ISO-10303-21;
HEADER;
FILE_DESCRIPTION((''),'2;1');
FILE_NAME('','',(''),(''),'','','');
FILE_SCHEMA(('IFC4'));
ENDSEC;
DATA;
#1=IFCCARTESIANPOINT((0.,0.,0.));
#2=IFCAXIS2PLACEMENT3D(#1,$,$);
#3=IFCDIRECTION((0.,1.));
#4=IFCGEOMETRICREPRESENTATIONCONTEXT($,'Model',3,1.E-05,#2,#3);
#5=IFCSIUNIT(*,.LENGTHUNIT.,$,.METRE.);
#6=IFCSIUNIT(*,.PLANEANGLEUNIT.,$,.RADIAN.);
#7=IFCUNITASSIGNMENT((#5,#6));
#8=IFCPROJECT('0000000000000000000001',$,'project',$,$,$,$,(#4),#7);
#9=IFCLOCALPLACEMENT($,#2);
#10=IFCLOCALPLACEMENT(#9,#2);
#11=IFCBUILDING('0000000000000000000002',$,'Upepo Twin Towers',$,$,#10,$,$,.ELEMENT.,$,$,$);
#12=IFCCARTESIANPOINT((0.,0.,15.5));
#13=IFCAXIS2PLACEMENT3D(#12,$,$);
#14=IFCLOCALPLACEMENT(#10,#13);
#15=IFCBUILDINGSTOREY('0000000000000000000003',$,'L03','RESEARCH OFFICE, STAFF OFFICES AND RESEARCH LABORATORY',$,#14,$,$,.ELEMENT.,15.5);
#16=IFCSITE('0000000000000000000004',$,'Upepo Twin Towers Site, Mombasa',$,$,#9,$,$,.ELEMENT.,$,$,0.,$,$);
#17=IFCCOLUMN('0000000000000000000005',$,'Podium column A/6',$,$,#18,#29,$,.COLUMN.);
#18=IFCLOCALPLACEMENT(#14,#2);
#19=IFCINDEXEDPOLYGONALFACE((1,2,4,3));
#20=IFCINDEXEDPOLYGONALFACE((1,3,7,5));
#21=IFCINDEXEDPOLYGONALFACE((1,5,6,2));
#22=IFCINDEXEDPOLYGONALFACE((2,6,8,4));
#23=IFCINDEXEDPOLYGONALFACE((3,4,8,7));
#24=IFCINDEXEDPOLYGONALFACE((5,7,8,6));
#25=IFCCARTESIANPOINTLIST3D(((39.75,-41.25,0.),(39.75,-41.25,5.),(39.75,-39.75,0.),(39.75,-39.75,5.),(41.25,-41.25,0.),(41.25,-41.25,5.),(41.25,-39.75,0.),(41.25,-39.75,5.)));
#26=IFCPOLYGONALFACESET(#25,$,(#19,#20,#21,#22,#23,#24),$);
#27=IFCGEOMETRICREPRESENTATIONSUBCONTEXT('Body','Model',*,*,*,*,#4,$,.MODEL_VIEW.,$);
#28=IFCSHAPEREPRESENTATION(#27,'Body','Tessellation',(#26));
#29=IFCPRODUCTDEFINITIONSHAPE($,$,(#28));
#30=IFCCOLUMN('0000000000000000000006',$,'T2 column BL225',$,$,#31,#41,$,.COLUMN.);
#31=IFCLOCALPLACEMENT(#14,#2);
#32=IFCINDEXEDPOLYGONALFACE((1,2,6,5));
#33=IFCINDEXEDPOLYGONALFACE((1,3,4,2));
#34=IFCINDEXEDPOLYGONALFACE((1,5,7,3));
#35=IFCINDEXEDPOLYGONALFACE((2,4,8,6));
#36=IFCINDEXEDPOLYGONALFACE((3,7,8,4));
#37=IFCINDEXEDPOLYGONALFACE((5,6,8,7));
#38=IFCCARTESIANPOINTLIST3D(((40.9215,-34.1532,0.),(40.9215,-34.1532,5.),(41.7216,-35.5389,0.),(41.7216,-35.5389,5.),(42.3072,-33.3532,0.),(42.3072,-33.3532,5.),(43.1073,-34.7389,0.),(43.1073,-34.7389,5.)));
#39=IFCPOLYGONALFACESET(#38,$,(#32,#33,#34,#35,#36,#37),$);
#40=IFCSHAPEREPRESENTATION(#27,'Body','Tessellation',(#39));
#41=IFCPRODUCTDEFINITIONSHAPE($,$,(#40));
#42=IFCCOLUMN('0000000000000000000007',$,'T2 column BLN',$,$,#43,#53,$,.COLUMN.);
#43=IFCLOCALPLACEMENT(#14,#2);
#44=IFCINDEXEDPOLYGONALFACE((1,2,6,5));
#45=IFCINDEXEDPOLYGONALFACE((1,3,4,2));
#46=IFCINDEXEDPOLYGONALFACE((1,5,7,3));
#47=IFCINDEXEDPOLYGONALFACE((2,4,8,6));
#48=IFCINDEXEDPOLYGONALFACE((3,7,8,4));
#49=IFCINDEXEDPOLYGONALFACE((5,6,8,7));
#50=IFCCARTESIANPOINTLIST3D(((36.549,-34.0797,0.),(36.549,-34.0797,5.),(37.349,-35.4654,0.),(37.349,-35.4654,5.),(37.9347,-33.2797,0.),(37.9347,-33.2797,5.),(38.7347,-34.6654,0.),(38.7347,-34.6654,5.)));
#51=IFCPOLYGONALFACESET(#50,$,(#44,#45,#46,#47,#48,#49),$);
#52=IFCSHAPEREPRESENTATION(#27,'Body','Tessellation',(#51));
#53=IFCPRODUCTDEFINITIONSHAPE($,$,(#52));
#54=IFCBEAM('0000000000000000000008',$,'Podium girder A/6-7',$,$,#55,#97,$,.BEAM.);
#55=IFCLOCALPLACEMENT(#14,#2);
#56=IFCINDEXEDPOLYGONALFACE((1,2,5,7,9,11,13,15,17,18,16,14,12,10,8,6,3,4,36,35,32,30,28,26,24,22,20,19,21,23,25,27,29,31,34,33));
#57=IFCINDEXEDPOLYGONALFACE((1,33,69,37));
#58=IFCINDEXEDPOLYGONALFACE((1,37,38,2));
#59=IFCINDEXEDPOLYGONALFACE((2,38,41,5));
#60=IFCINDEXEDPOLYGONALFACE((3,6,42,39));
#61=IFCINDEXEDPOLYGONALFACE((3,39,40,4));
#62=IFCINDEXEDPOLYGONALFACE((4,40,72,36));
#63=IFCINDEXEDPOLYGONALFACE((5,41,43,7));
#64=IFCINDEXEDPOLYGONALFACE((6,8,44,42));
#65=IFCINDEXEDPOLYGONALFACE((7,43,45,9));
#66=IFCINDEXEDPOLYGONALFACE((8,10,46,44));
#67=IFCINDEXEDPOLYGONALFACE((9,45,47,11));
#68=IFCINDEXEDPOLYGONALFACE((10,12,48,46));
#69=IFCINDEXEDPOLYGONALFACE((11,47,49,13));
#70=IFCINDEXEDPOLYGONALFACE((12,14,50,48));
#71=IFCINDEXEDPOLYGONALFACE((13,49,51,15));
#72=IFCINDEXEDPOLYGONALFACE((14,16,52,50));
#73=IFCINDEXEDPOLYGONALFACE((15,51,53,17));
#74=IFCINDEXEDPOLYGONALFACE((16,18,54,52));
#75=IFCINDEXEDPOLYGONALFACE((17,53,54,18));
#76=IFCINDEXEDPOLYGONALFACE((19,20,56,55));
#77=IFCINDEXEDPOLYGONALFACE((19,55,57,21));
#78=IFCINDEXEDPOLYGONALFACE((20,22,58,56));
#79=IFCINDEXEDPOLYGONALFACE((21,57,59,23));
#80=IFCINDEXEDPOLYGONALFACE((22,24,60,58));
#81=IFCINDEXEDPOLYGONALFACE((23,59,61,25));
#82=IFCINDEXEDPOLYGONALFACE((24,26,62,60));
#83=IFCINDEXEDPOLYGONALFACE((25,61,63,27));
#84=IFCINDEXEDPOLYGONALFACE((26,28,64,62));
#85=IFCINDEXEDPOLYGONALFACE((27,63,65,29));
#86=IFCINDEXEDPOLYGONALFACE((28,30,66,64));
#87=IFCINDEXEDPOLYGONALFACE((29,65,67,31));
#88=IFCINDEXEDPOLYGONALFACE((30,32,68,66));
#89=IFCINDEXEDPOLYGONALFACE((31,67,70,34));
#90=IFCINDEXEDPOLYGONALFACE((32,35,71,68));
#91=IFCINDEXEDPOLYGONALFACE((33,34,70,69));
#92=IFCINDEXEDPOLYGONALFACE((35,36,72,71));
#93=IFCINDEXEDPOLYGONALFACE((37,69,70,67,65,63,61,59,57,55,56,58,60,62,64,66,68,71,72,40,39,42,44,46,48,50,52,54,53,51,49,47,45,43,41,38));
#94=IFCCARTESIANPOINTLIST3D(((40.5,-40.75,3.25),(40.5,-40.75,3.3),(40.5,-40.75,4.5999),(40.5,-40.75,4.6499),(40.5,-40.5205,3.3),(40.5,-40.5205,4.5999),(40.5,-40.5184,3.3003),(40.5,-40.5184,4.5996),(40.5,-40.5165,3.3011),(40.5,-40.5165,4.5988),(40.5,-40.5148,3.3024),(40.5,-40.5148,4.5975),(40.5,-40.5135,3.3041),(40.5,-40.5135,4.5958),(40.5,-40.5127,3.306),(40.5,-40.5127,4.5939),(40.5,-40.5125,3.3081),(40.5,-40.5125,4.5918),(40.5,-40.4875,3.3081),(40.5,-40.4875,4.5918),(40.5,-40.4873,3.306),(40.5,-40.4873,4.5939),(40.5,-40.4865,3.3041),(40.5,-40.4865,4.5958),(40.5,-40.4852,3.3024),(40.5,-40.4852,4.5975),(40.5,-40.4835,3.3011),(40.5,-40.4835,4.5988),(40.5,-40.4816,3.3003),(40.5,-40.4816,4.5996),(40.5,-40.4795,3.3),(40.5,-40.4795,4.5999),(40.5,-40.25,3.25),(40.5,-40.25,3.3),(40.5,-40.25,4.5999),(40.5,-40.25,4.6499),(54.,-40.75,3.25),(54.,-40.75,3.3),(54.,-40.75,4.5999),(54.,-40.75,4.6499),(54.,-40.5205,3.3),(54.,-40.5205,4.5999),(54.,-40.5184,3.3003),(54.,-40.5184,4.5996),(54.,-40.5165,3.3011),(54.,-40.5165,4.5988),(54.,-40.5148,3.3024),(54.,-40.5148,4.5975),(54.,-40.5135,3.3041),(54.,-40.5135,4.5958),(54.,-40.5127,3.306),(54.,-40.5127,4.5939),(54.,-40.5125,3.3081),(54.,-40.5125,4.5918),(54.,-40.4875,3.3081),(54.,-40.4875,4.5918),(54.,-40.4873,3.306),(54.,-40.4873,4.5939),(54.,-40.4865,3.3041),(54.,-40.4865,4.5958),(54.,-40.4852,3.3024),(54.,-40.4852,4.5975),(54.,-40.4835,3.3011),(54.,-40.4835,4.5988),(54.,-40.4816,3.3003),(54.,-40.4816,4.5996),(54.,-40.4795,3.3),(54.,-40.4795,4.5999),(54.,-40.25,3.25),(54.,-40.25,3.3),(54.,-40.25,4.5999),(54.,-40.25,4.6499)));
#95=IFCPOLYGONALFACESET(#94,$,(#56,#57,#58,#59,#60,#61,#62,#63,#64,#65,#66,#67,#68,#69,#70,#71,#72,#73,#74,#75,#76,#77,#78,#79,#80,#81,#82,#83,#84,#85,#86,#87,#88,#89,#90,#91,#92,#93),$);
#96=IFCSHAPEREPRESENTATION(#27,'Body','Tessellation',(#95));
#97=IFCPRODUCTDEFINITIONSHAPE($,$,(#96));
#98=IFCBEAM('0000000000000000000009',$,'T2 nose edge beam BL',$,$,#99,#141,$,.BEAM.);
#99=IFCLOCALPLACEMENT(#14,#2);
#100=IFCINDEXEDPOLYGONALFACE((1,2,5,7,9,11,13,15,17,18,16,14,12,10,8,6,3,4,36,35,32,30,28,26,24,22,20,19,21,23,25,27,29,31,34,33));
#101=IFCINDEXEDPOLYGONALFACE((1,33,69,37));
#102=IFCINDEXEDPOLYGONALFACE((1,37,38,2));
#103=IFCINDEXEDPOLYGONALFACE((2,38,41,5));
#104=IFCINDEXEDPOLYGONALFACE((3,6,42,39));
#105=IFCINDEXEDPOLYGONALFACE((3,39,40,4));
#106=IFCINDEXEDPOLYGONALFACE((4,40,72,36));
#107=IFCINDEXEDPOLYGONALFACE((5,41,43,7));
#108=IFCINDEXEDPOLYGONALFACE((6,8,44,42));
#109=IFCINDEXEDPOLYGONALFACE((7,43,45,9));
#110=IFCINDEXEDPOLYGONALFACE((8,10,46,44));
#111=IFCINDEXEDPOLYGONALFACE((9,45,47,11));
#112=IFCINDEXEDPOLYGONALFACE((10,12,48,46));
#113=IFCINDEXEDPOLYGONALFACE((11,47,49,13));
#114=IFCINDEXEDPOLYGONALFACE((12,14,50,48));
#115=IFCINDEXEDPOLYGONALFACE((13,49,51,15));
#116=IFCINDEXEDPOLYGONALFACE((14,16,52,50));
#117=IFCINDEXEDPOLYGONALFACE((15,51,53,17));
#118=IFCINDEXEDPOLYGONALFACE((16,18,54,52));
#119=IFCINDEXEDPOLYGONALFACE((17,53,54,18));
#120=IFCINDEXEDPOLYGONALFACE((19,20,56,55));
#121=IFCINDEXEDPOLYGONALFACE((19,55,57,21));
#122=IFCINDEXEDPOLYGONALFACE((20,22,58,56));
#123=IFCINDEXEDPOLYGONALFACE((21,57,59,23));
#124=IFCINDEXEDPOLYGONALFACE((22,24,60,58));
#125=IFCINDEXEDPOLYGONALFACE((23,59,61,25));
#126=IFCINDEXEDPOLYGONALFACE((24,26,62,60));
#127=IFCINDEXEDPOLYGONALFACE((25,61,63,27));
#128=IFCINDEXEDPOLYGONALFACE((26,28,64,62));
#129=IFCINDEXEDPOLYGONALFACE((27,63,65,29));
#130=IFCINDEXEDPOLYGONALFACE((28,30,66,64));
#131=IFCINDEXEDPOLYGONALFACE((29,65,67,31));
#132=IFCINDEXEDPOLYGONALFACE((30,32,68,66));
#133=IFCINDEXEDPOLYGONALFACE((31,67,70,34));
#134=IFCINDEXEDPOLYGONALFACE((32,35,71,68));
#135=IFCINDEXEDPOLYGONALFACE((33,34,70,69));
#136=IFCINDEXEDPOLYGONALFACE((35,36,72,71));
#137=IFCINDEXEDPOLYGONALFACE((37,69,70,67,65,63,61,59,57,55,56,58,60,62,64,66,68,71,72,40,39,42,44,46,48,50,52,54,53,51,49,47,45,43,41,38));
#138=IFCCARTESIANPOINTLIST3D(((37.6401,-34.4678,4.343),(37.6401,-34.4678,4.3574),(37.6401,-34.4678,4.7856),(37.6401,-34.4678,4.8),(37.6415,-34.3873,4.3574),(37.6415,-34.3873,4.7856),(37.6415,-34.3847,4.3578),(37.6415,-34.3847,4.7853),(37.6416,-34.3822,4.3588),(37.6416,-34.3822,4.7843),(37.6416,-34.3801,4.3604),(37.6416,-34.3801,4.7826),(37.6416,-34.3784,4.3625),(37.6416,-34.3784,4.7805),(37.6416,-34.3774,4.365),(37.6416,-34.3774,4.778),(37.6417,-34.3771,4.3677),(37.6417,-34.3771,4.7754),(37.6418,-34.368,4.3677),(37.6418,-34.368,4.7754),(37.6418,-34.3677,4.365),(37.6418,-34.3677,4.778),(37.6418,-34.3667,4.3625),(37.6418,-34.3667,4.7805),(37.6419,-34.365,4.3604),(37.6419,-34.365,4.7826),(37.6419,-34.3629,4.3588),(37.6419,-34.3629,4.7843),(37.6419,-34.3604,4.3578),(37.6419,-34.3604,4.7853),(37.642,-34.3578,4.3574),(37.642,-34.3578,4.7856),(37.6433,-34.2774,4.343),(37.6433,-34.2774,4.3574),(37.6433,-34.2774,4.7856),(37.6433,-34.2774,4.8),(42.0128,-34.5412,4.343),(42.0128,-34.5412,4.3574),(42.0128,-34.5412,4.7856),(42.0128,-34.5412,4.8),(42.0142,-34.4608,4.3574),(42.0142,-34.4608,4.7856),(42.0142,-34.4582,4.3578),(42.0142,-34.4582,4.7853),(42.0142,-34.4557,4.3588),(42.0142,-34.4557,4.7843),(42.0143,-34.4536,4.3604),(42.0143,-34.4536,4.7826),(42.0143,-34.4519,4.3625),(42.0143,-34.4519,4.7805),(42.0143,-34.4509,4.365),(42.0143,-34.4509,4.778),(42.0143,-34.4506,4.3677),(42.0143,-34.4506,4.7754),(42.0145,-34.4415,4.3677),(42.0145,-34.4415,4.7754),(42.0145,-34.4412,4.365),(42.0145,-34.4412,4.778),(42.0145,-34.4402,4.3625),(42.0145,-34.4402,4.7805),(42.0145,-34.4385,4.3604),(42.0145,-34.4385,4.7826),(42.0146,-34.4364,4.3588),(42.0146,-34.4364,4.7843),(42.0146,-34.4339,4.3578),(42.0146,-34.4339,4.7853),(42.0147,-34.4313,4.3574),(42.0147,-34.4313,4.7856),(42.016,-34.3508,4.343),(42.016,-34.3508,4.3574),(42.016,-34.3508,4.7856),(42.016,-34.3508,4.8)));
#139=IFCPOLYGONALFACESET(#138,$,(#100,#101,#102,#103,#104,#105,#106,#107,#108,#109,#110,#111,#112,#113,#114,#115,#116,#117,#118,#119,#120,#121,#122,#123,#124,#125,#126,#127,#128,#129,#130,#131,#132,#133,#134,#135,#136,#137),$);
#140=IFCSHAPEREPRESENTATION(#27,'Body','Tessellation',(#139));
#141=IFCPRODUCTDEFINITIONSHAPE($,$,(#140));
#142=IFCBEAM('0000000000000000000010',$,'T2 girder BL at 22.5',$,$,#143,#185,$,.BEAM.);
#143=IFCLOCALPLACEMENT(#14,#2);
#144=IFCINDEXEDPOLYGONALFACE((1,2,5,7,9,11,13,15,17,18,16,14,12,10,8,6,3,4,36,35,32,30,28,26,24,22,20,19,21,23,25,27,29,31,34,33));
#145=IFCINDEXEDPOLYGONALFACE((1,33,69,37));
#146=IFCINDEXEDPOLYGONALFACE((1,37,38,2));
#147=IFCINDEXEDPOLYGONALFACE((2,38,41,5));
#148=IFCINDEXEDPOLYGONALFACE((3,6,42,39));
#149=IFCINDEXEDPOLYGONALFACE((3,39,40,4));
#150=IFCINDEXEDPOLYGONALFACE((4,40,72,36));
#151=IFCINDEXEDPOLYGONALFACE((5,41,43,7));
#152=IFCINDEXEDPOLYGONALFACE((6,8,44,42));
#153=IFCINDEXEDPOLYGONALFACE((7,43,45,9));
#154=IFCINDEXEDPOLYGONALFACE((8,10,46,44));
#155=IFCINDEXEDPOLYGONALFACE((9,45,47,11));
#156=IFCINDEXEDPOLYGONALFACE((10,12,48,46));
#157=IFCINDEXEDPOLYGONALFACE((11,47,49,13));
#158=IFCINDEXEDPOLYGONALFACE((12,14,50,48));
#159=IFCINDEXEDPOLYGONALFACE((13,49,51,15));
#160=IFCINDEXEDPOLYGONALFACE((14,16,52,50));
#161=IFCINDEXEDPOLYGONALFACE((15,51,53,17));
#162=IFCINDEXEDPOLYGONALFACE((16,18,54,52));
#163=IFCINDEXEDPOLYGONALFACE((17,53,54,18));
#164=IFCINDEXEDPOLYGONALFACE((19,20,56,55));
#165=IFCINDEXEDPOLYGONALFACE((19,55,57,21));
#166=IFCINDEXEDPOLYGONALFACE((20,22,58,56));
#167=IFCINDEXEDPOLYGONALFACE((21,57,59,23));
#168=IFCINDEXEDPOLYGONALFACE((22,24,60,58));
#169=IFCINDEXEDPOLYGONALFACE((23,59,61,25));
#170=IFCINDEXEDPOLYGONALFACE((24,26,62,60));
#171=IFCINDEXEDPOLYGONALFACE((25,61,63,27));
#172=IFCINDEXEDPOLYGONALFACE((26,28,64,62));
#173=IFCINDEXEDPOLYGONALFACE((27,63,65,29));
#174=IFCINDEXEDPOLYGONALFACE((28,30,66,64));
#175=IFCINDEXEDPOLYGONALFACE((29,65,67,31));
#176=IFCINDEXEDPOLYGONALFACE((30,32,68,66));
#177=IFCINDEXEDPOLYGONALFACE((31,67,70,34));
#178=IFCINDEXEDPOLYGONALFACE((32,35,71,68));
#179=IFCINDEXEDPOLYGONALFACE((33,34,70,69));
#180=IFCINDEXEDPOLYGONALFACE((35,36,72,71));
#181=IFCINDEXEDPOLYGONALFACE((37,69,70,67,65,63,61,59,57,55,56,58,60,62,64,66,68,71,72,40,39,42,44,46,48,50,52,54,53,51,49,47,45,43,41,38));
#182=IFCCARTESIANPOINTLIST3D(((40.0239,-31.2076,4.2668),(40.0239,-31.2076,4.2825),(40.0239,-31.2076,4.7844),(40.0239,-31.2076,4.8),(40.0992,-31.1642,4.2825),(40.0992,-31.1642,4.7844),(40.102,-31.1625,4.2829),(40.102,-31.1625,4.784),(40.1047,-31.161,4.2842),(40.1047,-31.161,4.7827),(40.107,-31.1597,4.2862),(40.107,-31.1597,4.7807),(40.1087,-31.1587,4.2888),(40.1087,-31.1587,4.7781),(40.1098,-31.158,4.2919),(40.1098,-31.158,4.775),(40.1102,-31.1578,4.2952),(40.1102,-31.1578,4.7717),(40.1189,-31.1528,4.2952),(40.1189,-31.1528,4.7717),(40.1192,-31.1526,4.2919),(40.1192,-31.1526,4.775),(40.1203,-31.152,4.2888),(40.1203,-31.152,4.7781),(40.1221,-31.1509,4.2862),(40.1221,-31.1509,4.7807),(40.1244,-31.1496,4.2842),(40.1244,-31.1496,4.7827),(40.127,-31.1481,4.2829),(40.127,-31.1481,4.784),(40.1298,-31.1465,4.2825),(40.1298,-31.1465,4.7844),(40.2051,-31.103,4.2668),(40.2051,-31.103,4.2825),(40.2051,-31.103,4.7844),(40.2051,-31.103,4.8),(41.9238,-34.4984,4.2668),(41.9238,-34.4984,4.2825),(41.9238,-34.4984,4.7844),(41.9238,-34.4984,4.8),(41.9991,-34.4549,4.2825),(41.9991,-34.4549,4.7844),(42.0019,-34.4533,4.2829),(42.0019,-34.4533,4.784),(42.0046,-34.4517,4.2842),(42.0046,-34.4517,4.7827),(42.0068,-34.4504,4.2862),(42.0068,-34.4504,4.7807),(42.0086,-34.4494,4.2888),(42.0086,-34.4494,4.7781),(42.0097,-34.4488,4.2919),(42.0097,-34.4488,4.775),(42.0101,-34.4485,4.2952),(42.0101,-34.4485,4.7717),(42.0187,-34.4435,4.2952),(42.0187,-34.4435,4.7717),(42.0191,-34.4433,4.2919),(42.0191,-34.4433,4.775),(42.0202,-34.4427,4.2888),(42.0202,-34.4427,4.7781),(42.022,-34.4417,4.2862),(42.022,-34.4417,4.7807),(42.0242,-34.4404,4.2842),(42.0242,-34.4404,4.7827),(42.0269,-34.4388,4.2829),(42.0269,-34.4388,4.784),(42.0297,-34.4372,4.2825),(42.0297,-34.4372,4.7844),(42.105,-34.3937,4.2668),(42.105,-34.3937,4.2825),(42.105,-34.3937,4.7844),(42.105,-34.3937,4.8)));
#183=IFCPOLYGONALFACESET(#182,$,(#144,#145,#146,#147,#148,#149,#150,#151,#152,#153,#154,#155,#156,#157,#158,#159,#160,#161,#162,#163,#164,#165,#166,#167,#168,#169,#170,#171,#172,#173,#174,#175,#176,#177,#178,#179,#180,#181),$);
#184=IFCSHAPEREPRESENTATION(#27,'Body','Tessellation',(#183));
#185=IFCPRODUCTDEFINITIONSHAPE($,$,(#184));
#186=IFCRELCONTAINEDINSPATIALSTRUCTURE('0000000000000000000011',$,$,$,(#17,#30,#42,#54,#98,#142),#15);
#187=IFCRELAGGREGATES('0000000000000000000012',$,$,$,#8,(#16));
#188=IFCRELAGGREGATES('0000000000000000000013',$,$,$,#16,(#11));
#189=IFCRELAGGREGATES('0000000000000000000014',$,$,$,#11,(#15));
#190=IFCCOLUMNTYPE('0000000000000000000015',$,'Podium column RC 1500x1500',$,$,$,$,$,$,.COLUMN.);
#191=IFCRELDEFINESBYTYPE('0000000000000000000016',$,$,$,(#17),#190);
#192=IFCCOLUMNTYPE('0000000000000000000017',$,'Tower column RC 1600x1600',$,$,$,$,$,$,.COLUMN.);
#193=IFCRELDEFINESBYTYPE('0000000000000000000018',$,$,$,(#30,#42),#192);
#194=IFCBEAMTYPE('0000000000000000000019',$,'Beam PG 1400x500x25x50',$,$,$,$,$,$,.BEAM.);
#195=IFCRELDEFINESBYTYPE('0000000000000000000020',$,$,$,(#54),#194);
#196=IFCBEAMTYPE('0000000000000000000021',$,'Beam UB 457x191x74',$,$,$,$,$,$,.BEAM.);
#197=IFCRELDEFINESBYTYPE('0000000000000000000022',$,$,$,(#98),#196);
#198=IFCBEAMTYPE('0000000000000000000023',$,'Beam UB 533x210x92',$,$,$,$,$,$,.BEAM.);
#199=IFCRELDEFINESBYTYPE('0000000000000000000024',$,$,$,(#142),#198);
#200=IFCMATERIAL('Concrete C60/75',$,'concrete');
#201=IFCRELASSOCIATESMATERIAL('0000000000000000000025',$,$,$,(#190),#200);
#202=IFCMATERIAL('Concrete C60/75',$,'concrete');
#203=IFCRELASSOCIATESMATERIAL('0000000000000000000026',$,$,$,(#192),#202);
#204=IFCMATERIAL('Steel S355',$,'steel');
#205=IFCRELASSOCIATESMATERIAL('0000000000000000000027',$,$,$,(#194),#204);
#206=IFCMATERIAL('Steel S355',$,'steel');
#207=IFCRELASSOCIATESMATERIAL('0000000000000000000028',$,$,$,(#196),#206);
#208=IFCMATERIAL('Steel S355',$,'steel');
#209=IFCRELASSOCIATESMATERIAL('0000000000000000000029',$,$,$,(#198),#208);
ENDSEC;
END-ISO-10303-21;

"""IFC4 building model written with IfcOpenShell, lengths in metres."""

from ifc_helpers import new_model, si_unit, direction, frame, origin, origin_2d, place, context, subcontext, project, spatial, rectangle, i_section, extrude, material, material_profile, profile_set, type_object, element, save


model = new_model("IFC4")

# Units and contexts
model_context = context("Model", 3, precision=1e-05, world=origin(), true_north=direction((0.0, 1.0)))
body_context = subcontext(model_context, "Body", "Model", "MODEL_VIEW")
ifc_project = project(units=[si_unit("LENGTHUNIT", "METRE"), si_unit("PLANEANGLEUNIT", "RADIAN")], contexts=[model_context])

# Site, building, storey
site_placement = place(None, origin())
site = spatial("IfcSite", under=ifc_project, at=site_placement, Name="Upepo Twin Towers Site, Mombasa", CompositionType="ELEMENT", RefElevation=0.0)
building_placement = place(site_placement, origin())
building = spatial("IfcBuilding", under=site, at=building_placement, Name="Upepo Twin Towers", CompositionType="ELEMENT")
storey_placement = place(building_placement, frame((0.0, 0.0, 15.5)))
storey = spatial("IfcBuildingStorey", under=building, at=storey_placement, Name="L03", Description="RESEARCH OFFICE, STAFF OFFICES AND RESEARCH LABORATORY", CompositionType="ELEMENT", Elevation=15.5)

# Columns
ifc_material_1 = material(Name="Concrete C60/75", Category="concrete")
ifc_material_profile_1 = material_profile(ifc_material_1, rectangle(XDim=1.5, YDim=1.5, at=origin_2d()), Name="RC 1500x1500")
ifc_profile_set_1 = profile_set([ifc_material_profile_1], Name="Concrete C60/75")
column_type_1 = type_object("IfcColumnType", Name="Podium column RC 1500x1500", PredefinedType="COLUMN", material=ifc_profile_set_1)
column_placement = place(storey_placement, frame((40.5, -40.5, 0.0), z_axis=(0.0, 0.0, 1.0), x_axis=(1.0, 0.0, 0.0)))
element("IfcColumn", 1, at=column_placement, inside=storey, type_object=column_type_1, Name="Podium column A/6", PredefinedType="COLUMN", context=body_context, shape_type="SweptSolid", body=[
    extrude(rectangle(XDim=1.5, YDim=1.5, at=origin_2d()), origin(), (0.0, 0.0, 1.0), 5.0),
])
ifc_material_2 = material(Name="Concrete C60/75", Category="concrete")
ifc_material_profile_2 = material_profile(ifc_material_2, rectangle(XDim=1.6001, YDim=1.6001, at=origin_2d()), Name="RC 1600x1600")
ifc_profile_set_2 = profile_set([ifc_material_profile_2], Name="Concrete C60/75")
column_type_2 = type_object("IfcColumnType", Name="Tower column RC 1600x1600", PredefinedType="COLUMN", material=ifc_profile_set_2)
for number, where, z_axis, x_axis, name in (
    (2, (42.0144, -34.446, 0.0), (0.0, 0.0, 1.0), (0.866025, 0.5, 0.0), "T2 column BL225"),
    (3, (37.6418, -34.3726, 0.0), (0.0, 0.0, 1.0), (0.866025, 0.5, 0.0), "T2 column BLN"),
):
    element("IfcColumn", number, at=place(storey_placement, frame(where, z_axis=z_axis, x_axis=x_axis)), inside=storey, type_object=column_type_2, Name=name, PredefinedType="COLUMN", context=body_context, shape_type="SweptSolid", body=[
        extrude(rectangle(XDim=1.6001, YDim=1.6001, at=origin_2d()), origin(), (0.0, 0.0, 1.0), 5.0),
    ])

# Beams
ifc_material_3 = material(Name="Steel S355", Category="steel")
ifc_material_profile_3 = material_profile(ifc_material_3, i_section(OverallWidth=0.5, OverallDepth=1.3999, WebThickness=0.0249, FlangeThickness=0.05, FilletRadius=0.0081, at=origin_2d()), Name="PG 1400x500x25x50")
ifc_profile_set_3 = profile_set([ifc_material_profile_3], Name="Steel S355")
beam_type_1 = type_object("IfcBeamType", Name="Beam PG 1400x500x25x50", PredefinedType="BEAM", material=ifc_profile_set_3)
beam_1_placement = place(storey_placement, frame((40.5, -40.5, 3.95), z_axis=(1.0, 0.0, 0.0), x_axis=(0.0, 1.0, 0.0)))
element("IfcBeam", 4, at=beam_1_placement, inside=storey, type_object=beam_type_1, Name="Podium girder A/6-7", PredefinedType="BEAM", context=body_context, shape_type="SweptSolid", body=[
    extrude(i_section(OverallWidth=0.5, OverallDepth=1.3999, WebThickness=0.0249, FlangeThickness=0.05, FilletRadius=0.0081, at=origin_2d()), origin(), (0.0, 0.0, 1.0), 13.5),
])
ifc_material_4 = material(Name="Steel S355", Category="steel")
ifc_material_profile_4 = material_profile(ifc_material_4, i_section(OverallWidth=0.1904, OverallDepth=0.457, WebThickness=0.009, FlangeThickness=0.0144, FilletRadius=0.0103, at=origin_2d()), Name="UB 457x191x74")
ifc_profile_set_4 = profile_set([ifc_material_profile_4], Name="Steel S355")
beam_type_2 = type_object("IfcBeamType", Name="Beam UB 457x191x74", PredefinedType="BEAM", material=ifc_profile_set_4)
beam_2_placement = place(storey_placement, frame((42.0144, -34.446, 4.5715), z_axis=(-0.999859, 0.016804, 0.0), x_axis=(-0.016804, -0.999859, 0.0)))
element("IfcBeam", 5, at=beam_2_placement, inside=storey, type_object=beam_type_2, Name="T2 nose edge beam BL", PredefinedType="BEAM", context=body_context, shape_type="SweptSolid", body=[
    extrude(i_section(OverallWidth=0.1904, OverallDepth=0.457, WebThickness=0.009, FlangeThickness=0.0144, FilletRadius=0.0103, at=origin_2d()), origin(), (0.0, 0.0, 1.0), 4.3733),
])
ifc_material_5 = material(Name="Steel S355", Category="steel")
ifc_material_profile_5 = material_profile(ifc_material_5, i_section(OverallWidth=0.2092, OverallDepth=0.5332, WebThickness=0.01, FlangeThickness=0.0156, FilletRadius=0.0127, at=origin_2d()), Name="UB 533x210x92")
ifc_profile_set_5 = profile_set([ifc_material_profile_5], Name="Steel S355")
beam_type_3 = type_object("IfcBeamType", Name="Beam UB 533x210x92", PredefinedType="BEAM", material=ifc_profile_set_5)
beam_3_placement = place(storey_placement, frame((42.0144, -34.446, 4.5334), z_axis=(-0.499995, 0.866028, 0.0), x_axis=(-0.866028, -0.499995, 0.0)))
element("IfcBeam", 6, at=beam_3_placement, inside=storey, type_object=beam_type_3, Name="T2 girder BL at 22.5", PredefinedType="BEAM", context=body_context, shape_type="SweptSolid", body=[
    extrude(i_section(OverallWidth=0.2092, OverallDepth=0.5332, WebThickness=0.01, FlangeThickness=0.0156, FilletRadius=0.0127, at=origin_2d()), origin(), (0.0, 0.0, 1.0), 3.7998),
])

save(model, "model.ifc")
